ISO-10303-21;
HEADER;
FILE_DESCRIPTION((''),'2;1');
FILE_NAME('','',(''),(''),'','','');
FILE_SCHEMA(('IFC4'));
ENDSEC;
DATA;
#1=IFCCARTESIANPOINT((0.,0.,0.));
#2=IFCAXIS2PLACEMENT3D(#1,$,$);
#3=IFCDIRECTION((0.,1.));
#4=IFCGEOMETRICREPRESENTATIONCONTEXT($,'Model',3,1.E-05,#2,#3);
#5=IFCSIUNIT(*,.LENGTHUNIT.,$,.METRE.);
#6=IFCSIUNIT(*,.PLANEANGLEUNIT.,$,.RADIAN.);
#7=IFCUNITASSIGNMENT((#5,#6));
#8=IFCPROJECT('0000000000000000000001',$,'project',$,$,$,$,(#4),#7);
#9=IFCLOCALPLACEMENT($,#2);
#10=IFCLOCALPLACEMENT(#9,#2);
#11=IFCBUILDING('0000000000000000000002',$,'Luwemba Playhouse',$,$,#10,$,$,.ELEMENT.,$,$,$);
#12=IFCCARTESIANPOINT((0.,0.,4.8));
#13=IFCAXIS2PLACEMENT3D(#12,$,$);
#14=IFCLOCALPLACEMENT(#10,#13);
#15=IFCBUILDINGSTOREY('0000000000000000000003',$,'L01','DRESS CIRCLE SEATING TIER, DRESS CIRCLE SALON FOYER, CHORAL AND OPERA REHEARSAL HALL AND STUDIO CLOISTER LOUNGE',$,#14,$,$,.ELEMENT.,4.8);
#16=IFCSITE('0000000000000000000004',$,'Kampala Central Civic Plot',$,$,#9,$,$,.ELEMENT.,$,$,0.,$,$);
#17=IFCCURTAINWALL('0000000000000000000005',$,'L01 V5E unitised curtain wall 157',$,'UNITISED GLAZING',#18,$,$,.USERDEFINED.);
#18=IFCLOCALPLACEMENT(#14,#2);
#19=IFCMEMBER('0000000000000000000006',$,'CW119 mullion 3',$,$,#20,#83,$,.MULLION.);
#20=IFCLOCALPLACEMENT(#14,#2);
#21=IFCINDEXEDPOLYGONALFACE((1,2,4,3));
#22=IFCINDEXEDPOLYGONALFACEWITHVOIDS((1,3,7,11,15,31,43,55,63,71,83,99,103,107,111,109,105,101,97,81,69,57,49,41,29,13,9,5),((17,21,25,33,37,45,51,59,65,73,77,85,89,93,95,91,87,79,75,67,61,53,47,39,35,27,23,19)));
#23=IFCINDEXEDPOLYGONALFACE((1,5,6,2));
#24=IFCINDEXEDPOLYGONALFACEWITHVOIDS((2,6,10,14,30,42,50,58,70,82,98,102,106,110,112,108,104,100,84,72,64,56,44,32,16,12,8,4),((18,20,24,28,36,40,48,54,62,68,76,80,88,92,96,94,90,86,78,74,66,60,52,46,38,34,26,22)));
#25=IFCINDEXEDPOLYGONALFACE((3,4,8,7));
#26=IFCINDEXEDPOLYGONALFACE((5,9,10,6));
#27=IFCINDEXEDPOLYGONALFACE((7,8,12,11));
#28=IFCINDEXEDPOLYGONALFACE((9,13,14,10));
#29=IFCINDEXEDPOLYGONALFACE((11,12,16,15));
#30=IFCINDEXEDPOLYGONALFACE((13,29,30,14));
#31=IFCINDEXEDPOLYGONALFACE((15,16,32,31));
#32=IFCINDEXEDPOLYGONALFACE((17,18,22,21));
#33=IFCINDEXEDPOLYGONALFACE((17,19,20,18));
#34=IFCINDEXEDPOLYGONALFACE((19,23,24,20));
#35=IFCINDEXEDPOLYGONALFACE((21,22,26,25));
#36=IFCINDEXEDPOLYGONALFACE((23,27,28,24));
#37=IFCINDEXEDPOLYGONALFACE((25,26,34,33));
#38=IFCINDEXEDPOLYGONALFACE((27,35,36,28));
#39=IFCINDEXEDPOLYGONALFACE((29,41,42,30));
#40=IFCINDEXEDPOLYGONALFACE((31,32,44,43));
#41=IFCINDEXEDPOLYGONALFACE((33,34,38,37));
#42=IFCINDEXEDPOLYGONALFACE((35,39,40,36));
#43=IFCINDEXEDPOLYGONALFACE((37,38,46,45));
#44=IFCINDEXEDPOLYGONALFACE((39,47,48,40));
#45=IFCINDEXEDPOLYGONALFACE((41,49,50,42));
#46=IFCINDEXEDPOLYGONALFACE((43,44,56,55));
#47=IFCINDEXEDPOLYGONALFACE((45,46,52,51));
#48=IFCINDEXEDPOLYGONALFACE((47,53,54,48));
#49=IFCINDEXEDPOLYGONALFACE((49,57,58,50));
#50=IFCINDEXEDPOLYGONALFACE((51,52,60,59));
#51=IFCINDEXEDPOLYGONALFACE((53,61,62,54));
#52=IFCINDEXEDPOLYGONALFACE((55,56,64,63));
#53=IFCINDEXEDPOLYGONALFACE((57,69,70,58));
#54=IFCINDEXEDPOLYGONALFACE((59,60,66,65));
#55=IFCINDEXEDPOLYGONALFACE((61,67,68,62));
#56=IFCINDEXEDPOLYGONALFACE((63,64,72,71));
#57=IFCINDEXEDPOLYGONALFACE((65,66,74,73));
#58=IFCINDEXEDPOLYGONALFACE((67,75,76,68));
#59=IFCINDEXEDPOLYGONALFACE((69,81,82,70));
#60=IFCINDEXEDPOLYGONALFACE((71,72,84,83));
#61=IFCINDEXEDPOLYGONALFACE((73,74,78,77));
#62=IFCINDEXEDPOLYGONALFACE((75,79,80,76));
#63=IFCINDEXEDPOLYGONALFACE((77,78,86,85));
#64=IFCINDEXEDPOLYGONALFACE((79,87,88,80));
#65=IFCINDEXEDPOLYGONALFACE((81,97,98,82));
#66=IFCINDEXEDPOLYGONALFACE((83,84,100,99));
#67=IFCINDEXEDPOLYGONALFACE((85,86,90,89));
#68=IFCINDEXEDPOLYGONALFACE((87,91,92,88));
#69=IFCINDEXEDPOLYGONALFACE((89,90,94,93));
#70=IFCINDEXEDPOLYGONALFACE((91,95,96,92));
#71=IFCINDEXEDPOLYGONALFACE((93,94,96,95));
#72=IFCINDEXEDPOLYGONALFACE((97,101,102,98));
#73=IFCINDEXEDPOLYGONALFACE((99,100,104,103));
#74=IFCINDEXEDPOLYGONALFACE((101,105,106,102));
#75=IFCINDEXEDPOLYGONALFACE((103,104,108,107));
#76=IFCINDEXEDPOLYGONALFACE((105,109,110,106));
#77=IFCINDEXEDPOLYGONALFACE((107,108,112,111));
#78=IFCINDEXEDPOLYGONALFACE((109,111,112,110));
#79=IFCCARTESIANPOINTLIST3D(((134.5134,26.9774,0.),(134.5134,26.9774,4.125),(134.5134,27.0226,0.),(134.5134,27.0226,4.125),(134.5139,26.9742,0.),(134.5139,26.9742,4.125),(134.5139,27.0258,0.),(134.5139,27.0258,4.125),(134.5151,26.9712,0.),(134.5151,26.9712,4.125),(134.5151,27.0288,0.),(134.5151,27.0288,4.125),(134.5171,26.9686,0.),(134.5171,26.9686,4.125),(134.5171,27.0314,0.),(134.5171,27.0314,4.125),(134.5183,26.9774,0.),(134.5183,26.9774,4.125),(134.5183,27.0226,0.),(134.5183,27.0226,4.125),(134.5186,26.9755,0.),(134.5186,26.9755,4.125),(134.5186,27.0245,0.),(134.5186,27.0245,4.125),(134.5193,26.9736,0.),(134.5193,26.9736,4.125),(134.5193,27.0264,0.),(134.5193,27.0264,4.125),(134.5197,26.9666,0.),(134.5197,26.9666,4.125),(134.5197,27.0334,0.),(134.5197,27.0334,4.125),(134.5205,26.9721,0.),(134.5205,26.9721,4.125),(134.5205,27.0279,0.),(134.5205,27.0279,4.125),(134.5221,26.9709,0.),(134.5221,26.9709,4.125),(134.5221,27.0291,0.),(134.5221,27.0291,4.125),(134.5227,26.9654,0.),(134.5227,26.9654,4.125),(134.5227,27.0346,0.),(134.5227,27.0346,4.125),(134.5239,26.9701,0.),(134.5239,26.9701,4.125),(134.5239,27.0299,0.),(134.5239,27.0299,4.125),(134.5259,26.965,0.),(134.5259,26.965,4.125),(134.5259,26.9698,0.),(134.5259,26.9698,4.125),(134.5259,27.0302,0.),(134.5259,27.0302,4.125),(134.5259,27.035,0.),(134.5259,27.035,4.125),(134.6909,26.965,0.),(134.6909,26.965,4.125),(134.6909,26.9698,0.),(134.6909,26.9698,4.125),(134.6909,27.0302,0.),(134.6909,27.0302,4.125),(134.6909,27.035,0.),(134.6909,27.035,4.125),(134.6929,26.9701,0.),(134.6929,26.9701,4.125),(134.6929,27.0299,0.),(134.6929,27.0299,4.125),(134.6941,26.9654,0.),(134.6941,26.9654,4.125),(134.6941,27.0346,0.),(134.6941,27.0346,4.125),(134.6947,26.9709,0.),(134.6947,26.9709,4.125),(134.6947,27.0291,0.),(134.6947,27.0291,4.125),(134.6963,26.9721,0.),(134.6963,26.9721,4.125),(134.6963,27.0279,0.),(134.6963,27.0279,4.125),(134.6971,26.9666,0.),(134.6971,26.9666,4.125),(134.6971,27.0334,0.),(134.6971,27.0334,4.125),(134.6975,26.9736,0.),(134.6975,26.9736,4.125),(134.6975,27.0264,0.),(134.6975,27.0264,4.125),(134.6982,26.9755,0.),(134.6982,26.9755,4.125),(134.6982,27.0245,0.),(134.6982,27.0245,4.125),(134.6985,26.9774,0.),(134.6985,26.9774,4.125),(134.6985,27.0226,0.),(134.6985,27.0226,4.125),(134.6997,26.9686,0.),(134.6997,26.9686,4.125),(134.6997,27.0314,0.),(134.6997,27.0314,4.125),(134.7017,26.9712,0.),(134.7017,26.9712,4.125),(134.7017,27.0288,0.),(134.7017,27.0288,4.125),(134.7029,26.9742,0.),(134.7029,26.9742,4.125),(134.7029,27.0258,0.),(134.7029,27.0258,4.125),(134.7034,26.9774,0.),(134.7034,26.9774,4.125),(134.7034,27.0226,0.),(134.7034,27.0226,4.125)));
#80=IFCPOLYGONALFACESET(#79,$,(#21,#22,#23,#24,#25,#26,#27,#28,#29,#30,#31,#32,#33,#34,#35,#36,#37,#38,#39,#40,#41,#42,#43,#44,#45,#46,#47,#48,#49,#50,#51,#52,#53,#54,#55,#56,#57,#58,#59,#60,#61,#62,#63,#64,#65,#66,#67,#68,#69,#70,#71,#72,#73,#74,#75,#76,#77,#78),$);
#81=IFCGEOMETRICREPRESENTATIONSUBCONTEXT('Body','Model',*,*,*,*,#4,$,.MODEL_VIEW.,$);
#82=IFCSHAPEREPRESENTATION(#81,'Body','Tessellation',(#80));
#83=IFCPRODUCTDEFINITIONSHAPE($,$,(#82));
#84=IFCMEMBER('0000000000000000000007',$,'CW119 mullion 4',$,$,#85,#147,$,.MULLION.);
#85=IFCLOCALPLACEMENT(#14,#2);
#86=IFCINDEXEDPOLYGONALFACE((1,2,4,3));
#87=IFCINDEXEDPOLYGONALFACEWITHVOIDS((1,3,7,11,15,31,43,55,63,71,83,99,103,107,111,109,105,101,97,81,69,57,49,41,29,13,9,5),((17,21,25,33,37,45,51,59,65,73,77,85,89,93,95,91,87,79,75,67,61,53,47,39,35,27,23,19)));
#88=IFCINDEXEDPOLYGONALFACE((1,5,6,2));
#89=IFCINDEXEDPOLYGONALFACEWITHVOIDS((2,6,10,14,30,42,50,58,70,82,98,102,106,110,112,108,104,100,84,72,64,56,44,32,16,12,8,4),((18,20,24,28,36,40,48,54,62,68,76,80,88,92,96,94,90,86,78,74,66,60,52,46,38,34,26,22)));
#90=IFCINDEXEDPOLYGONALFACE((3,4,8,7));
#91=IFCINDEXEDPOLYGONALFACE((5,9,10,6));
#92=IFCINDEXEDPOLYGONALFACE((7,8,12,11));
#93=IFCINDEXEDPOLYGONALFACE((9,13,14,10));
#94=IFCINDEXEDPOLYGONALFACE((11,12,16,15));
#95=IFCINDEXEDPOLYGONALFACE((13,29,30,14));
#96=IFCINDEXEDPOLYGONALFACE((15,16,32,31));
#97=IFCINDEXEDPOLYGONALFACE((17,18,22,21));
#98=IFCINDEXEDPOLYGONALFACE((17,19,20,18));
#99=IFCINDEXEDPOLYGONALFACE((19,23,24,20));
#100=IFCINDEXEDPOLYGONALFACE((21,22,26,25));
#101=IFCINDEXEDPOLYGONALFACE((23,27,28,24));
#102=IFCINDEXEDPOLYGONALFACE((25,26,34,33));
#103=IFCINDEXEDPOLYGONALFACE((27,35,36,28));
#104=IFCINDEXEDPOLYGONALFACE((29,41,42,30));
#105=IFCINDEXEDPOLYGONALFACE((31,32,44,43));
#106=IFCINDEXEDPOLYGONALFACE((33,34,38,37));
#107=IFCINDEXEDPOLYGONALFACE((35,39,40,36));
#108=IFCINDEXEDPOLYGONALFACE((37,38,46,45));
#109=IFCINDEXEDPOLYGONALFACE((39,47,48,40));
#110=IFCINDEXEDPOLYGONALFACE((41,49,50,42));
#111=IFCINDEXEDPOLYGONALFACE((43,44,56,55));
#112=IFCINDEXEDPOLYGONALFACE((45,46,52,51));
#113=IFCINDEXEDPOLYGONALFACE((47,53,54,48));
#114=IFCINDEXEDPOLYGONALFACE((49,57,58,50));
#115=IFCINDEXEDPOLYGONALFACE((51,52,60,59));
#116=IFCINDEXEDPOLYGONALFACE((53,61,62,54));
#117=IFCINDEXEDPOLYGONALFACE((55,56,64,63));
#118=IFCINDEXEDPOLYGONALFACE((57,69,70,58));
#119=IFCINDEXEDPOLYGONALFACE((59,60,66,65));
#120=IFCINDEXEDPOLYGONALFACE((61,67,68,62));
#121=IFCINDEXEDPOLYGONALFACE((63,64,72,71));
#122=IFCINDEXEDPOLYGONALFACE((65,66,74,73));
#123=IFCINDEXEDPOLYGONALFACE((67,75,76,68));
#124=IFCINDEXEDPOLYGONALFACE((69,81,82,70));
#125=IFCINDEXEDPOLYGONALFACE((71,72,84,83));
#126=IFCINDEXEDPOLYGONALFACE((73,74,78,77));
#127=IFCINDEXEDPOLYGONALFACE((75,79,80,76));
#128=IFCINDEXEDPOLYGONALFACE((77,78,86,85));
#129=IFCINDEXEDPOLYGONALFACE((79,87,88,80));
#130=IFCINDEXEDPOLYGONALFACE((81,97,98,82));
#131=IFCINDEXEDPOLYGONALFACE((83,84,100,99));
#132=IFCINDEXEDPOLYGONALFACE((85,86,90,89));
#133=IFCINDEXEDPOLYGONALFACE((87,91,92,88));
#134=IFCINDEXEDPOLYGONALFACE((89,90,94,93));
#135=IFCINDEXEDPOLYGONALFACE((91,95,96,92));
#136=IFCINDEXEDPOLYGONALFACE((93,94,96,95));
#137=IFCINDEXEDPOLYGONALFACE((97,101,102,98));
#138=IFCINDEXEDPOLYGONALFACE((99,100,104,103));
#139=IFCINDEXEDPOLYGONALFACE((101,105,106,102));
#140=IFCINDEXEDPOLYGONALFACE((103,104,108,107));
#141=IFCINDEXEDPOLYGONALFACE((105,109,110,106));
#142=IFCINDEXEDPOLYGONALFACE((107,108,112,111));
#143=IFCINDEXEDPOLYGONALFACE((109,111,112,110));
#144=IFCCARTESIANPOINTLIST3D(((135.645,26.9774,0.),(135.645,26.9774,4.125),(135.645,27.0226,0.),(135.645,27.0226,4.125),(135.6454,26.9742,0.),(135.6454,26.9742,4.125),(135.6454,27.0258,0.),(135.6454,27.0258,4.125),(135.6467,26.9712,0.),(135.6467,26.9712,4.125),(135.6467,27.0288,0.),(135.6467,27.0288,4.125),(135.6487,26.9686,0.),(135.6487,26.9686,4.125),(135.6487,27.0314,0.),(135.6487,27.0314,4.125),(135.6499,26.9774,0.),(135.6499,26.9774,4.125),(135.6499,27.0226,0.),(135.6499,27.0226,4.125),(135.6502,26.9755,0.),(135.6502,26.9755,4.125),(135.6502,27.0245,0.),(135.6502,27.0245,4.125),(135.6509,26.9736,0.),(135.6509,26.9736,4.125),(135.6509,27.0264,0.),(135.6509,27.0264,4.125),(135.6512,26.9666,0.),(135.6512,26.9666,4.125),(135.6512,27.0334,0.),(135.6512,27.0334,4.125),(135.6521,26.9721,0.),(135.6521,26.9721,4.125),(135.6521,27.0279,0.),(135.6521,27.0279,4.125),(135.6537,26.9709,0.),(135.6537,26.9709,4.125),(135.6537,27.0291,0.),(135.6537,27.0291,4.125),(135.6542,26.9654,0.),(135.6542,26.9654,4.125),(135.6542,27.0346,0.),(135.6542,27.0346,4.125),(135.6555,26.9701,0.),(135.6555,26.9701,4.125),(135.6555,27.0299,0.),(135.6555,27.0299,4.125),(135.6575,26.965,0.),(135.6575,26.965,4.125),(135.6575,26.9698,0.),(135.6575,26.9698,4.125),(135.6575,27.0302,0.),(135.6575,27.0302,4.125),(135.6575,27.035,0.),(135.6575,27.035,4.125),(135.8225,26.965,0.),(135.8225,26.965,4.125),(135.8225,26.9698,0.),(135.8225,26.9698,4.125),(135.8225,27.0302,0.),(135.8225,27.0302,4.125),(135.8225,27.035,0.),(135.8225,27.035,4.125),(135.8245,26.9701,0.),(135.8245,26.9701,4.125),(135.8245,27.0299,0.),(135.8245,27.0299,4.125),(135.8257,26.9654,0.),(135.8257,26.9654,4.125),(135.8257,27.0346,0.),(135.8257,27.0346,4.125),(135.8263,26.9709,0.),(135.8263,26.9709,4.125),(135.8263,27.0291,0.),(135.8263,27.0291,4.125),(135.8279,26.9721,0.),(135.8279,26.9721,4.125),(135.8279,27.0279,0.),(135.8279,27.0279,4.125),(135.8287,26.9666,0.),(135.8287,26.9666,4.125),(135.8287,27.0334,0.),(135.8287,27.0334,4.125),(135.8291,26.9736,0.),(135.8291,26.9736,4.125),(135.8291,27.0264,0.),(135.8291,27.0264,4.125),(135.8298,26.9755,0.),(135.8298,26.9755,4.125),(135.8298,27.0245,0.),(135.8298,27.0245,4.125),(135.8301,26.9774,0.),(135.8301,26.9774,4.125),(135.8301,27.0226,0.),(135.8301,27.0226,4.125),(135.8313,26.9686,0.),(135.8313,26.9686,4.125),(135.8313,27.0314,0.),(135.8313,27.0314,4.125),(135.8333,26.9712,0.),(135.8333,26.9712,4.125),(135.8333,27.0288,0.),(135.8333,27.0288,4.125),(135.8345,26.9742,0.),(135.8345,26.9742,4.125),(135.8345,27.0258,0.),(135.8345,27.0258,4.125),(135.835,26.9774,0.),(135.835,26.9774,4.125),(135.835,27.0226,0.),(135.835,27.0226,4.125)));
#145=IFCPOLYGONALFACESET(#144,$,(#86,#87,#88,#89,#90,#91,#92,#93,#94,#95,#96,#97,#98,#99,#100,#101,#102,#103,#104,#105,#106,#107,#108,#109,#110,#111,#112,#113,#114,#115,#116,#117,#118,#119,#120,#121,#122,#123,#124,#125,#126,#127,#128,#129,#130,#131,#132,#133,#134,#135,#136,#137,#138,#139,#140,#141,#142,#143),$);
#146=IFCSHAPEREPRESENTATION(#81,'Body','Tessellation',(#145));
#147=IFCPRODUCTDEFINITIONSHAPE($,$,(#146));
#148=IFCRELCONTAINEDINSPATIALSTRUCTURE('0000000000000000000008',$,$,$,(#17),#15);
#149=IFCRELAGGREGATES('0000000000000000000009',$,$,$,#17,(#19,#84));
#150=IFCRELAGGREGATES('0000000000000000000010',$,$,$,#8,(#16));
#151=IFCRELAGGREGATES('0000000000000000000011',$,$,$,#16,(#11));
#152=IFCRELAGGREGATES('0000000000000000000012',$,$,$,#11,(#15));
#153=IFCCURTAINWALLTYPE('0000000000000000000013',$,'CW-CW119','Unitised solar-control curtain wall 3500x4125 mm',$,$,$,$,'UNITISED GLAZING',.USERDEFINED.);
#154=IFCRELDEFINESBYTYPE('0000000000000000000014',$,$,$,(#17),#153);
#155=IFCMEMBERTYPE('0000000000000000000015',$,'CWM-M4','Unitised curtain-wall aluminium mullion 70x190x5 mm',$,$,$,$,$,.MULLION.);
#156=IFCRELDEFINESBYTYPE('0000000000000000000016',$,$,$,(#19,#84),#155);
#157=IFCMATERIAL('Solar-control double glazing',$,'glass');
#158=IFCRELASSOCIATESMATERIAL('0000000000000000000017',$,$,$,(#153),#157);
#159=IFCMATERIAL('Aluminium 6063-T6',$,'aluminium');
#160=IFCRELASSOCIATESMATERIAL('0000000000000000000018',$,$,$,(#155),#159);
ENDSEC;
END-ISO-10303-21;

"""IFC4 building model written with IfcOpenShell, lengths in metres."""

from ifc_helpers import new_model, si_unit, direction, frame, origin, origin_2d, place, context, subcontext, project, spatial, hollow_rectangle, extrude, material, material_profile, profile_set, type_object, element, aggregate, save


model = new_model("IFC4")

# Units and contexts
model_context = context("Model", 3, precision=1e-05, world=origin(), true_north=direction((0.0, 1.0)))
body_context = subcontext(model_context, "Body", "Model", "MODEL_VIEW")
ifc_project = project(units=[si_unit("LENGTHUNIT", "METRE"), si_unit("PLANEANGLEUNIT", "RADIAN")], contexts=[model_context])

# Site, building, storey
site_placement = place(None, origin())
site = spatial("IfcSite", under=ifc_project, at=site_placement, Name="Kampala Central Civic Plot", CompositionType="ELEMENT", RefElevation=0.0)
building_placement = place(site_placement, origin())
building = spatial("IfcBuilding", under=site, at=building_placement, Name="Luwemba Playhouse", CompositionType="ELEMENT")
storey_placement = place(building_placement, frame((0.0, 0.0, 4.8)))
storey = spatial("IfcBuildingStorey", under=building, at=storey_placement, Name="L01", Description="DRESS CIRCLE SEATING TIER, DRESS CIRCLE SALON FOYER, CHORAL AND OPERA REHEARSAL HALL AND STUDIO CLOISTER LOUNGE", CompositionType="ELEMENT", Elevation=4.8)

# Curtain wall, members
ifc_material_1 = material(Name="Solar-control double glazing", Category="glass")
ifc_material_2 = material(Name="Aluminium 6063-T6", Category="aluminium")
curtain_wall_type_1 = type_object("IfcCurtainWallType", Name="CW-CW119", Description="Unitised solar-control curtain wall 3500x4125 mm", ElementType="UNITISED GLAZING", PredefinedType="USERDEFINED", material=ifc_material_1)
curtain_wall_1_placement = place(storey_placement, origin())
curtain_wall_1 = element("IfcCurtainWall", 1, at=curtain_wall_1_placement, inside=storey, type_object=curtain_wall_type_1, Name="L01 V5E unitised curtain wall 157", ObjectType="UNITISED GLAZING", PredefinedType="USERDEFINED")
ifc_material_profile_1 = material_profile(ifc_material_2, hollow_rectangle(XDim=0.0701, YDim=0.1899, WallThickness=0.0049, InnerFilletRadius=0.0076, OuterFilletRadius=0.0125, at=origin_2d()))
ifc_profile_set_1 = profile_set([ifc_material_profile_1], Name="Aluminium 6063-T6")
member_type_1 = type_object("IfcMemberType", Name="CWM-M4", Description="Unitised curtain-wall aluminium mullion 70x190x5 mm", PredefinedType="MULLION", material=ifc_profile_set_1)
member_1_placement = place(storey_placement, frame((134.6084, 27.0, 0.0), z_axis=(0.0, 0.0, 1.0), x_axis=(0.0, 1.0, 0.0)))
member_1 = element("IfcMember", 2, at=member_1_placement, type_object=member_type_1, Name="CW119 mullion 3", PredefinedType="MULLION", context=body_context, shape_type="SweptSolid", body=[
    extrude(hollow_rectangle(XDim=0.0701, YDim=0.1899, WallThickness=0.0049, InnerFilletRadius=0.0076, OuterFilletRadius=0.0125, at=origin_2d()), origin(), (0.0, 0.0, 1.0), 4.125),
])
member_2_placement = place(storey_placement, frame((135.74, 27.0, 0.0), z_axis=(0.0, 0.0, 1.0), x_axis=(0.0, 1.0, 0.0)))
member_2 = element("IfcMember", 3, at=member_2_placement, type_object=member_type_1, Name="CW119 mullion 4", PredefinedType="MULLION", context=body_context, shape_type="SweptSolid", body=[
    extrude(hollow_rectangle(XDim=0.0701, YDim=0.1899, WallThickness=0.0049, InnerFilletRadius=0.0076, OuterFilletRadius=0.0125, at=origin_2d()), origin(), (0.0, 0.0, 1.0), 4.125),
])

aggregate(curtain_wall_1, [member_1, member_2])

save(model, "model.ifc")
